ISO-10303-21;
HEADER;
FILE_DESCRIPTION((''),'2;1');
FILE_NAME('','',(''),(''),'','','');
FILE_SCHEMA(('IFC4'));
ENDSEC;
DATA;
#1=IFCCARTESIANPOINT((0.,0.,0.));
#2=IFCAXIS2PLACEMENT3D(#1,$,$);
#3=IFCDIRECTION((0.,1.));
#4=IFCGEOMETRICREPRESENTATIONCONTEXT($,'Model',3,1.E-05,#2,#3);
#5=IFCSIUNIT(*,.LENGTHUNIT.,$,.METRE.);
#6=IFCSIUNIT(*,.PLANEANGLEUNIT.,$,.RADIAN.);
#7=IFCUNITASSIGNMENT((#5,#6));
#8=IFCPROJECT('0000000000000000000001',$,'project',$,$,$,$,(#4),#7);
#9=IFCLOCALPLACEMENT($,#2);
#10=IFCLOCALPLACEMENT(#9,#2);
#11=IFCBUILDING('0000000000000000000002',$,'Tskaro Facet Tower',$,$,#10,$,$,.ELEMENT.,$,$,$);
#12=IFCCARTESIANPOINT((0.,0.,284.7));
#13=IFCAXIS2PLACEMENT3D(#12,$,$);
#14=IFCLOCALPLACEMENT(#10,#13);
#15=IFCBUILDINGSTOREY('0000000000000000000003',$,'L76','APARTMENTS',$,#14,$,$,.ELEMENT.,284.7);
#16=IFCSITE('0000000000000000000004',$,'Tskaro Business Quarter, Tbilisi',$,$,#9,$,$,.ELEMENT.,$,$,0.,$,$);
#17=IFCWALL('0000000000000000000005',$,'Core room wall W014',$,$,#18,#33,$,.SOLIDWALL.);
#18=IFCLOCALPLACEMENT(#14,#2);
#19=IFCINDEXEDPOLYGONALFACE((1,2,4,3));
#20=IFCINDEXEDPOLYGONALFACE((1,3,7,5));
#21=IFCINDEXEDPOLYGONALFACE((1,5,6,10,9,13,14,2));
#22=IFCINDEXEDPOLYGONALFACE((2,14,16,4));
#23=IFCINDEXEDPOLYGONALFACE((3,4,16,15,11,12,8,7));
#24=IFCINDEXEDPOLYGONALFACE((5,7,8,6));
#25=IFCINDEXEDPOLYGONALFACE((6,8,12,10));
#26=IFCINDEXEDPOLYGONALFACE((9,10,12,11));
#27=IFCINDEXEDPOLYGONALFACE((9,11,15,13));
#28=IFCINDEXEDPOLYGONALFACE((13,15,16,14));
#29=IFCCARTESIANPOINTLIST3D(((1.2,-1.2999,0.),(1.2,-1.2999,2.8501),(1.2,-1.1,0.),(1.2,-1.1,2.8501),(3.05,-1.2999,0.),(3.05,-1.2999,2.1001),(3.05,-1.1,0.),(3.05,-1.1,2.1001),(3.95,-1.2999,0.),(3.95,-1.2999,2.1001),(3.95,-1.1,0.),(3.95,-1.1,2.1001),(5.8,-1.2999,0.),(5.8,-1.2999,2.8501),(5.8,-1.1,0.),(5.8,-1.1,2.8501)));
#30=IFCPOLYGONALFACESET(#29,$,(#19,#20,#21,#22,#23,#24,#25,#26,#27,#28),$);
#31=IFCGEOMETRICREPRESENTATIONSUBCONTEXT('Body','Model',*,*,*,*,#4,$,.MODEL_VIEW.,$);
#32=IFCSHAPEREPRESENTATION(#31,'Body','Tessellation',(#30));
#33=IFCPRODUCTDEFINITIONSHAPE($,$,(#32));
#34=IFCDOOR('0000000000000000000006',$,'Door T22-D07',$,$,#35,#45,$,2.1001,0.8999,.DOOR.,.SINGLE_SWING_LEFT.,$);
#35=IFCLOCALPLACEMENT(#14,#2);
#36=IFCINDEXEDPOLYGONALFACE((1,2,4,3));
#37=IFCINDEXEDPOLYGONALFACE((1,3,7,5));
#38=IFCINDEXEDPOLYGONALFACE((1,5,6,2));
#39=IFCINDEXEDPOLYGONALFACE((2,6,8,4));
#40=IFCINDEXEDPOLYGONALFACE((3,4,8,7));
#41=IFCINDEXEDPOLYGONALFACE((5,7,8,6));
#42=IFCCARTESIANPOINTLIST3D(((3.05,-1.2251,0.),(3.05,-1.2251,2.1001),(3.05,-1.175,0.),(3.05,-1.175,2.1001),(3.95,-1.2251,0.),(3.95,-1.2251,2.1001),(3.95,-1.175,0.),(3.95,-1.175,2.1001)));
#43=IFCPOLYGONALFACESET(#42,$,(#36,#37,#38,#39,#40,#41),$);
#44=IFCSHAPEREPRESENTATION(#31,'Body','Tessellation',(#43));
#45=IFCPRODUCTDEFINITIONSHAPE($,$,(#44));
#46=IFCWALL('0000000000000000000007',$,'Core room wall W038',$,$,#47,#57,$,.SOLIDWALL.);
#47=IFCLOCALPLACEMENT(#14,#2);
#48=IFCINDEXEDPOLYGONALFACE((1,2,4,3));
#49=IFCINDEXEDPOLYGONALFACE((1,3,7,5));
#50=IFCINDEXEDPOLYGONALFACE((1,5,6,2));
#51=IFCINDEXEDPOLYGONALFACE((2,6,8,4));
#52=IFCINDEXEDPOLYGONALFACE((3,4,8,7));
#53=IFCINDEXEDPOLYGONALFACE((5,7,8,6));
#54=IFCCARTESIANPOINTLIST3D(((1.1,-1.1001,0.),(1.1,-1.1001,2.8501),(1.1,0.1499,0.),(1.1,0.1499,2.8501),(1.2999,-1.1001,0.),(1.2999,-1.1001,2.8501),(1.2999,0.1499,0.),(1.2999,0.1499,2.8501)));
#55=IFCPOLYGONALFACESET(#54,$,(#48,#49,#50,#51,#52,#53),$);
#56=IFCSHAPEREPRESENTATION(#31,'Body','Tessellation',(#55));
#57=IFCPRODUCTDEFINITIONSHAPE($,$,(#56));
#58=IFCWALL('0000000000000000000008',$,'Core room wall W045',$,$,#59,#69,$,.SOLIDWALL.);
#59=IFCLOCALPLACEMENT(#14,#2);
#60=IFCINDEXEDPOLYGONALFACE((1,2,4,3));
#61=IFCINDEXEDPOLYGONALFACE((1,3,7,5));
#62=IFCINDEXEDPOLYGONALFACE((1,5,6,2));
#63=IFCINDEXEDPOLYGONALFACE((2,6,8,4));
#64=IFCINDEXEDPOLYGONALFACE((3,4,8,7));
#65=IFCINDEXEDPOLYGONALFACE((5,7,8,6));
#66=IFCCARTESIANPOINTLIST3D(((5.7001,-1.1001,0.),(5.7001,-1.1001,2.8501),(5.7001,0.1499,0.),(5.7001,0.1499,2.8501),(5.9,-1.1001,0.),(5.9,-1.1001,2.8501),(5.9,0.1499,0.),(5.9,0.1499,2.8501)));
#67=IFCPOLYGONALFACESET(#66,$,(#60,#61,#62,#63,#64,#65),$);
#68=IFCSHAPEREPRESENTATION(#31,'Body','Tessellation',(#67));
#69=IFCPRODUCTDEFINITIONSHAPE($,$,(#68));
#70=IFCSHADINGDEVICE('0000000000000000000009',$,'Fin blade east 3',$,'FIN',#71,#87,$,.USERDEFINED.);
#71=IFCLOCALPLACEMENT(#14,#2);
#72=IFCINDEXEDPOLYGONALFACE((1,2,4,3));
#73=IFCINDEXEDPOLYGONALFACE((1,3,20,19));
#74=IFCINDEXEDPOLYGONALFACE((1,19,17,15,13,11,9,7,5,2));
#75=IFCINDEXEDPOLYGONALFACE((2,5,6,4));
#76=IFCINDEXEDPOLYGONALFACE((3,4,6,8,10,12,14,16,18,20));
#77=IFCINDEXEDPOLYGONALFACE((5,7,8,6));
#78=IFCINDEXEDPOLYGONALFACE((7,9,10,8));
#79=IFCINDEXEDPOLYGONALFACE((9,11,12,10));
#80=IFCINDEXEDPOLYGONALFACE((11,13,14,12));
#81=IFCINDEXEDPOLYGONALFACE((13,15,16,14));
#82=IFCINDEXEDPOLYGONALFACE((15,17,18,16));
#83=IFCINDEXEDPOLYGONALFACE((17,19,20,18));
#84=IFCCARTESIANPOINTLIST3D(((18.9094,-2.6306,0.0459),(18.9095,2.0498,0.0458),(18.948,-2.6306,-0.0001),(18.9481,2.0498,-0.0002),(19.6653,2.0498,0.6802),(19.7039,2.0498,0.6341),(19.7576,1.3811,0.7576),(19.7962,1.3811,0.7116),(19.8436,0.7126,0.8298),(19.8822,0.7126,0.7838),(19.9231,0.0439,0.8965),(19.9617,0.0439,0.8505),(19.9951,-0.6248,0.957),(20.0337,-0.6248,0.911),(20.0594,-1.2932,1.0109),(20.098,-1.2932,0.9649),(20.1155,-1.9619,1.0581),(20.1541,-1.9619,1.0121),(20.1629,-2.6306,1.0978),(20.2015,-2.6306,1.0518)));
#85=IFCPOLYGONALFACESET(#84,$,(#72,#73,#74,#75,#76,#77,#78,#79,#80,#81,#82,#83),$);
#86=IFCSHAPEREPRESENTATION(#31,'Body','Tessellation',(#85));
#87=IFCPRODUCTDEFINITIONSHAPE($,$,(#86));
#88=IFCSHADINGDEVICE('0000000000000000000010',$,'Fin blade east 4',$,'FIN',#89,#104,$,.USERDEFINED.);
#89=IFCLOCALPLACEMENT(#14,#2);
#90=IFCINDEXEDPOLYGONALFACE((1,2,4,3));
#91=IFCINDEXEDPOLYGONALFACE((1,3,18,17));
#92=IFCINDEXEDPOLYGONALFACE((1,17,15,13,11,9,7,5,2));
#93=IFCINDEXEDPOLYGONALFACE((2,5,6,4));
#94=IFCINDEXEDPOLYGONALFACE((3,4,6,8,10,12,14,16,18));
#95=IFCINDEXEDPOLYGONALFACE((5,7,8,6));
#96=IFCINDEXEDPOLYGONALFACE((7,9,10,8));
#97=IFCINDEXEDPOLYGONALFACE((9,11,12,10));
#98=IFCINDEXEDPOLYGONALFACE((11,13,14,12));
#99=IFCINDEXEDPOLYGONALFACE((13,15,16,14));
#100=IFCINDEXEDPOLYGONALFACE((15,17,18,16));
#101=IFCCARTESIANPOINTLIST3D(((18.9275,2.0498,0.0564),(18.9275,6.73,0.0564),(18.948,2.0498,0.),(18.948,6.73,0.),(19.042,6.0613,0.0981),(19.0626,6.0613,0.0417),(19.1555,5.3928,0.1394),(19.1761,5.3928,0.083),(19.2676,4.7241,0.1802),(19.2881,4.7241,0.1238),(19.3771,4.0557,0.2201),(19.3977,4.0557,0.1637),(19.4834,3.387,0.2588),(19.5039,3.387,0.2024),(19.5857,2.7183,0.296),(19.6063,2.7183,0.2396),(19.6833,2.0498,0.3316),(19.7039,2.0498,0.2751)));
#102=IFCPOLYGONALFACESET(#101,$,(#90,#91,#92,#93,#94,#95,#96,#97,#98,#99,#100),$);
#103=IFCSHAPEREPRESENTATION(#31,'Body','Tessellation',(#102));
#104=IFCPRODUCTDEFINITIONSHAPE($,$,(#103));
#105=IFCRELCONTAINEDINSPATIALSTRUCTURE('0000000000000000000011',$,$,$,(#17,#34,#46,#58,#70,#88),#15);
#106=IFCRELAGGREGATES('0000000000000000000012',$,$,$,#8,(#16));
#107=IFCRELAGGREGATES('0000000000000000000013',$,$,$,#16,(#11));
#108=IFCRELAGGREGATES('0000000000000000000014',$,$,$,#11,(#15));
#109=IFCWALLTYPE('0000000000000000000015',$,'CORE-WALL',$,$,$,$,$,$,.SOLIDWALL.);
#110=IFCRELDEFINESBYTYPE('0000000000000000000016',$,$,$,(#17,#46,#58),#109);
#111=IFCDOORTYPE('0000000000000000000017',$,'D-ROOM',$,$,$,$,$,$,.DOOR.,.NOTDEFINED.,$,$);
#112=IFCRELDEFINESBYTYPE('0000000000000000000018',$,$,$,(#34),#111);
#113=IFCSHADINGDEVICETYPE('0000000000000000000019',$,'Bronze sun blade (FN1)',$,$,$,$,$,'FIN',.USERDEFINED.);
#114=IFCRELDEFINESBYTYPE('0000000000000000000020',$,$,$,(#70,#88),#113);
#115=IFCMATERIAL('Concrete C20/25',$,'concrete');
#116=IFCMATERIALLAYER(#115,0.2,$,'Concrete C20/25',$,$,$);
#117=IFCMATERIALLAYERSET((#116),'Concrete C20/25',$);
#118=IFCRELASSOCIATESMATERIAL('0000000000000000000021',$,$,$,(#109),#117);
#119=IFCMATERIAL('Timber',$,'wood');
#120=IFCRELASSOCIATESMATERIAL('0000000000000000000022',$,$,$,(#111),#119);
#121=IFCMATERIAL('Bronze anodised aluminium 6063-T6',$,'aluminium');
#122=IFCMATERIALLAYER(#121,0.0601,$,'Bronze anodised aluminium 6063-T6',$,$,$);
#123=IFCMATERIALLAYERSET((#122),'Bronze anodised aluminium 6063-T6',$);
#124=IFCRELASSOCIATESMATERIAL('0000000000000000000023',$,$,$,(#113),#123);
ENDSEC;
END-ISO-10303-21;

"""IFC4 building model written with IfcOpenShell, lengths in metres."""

from ifc_helpers import new_model, si_unit, direction, frame, frame_2d, origin, place, context, subcontext, project, spatial, polyline, rectangle, outline, extrude, material, layer, layer_set, type_object, element, fill, save


model = new_model("IFC4")

# Units and contexts
model_context = context("Model", 3, precision=1e-05, world=origin(), true_north=direction((0.0, 1.0)))
body_context = subcontext(model_context, "Body", "Model", "MODEL_VIEW")
ifc_project = project(units=[si_unit("LENGTHUNIT", "METRE"), si_unit("PLANEANGLEUNIT", "RADIAN")], contexts=[model_context])

# Site, building, storey
site_placement = place(None, origin())
site = spatial("IfcSite", under=ifc_project, at=site_placement, Name="Tskaro Business Quarter, Tbilisi", CompositionType="ELEMENT", RefElevation=0.0)
building_placement = place(site_placement, origin())
building = spatial("IfcBuilding", under=site, at=building_placement, Name="Tskaro Facet Tower", CompositionType="ELEMENT")
storey_placement = place(building_placement, frame((0.0, 0.0, 284.7)))
storey = spatial("IfcBuildingStorey", under=building, at=storey_placement, Name="L76", Description="APARTMENTS", CompositionType="ELEMENT", Elevation=284.7)

# Shared definitions
ifc_material_1 = material(Name="Bronze anodised aluminium 6063-T6", Category="aluminium")

# Shared definitions
ifc_material_2 = material(Name="Concrete C20/25", Category="concrete")
ifc_layer_1 = layer(ifc_material_2, 0.2, Name="Concrete C20/25")
ifc_layer_set_1 = layer_set([ifc_layer_1], Name="Concrete C20/25")
wall_type_1 = type_object("IfcWallType", Name="CORE-WALL", PredefinedType="SOLIDWALL", material=ifc_layer_set_1)
ifc_material_3 = material(Name="Timber", Category="wood")
door_type_1 = type_object("IfcDoorType", Name="D-ROOM", OperationType="NOTDEFINED", PredefinedType="DOOR", material=ifc_material_3)

# Wall, opening, door
wall_1_placement = place(storey_placement, frame((1.2, -1.2, 0.0), z_axis=(0.0, 0.0, 1.0), x_axis=(1.0, 0.0, 0.0)))
wall_1 = element("IfcWall", 1, at=wall_1_placement, inside=storey, type_object=wall_type_1, Name="Core room wall W014", PredefinedType="SOLIDWALL", context=body_context, shape_type="SweptSolid", body=[
    extrude(rectangle(XDim=4.6001, YDim=0.2, at=frame_2d((2.3, 0.0))), origin(), (0.0, 0.0, 1.0), 2.8501),
])
opening_1_placement = place(wall_1_placement, frame((1.8501, 0.0, 0.0)))
opening_1 = element("IfcOpeningElement", 2, at=opening_1_placement, cuts=wall_1, PredefinedType="OPENING", context=body_context, shape_type="SweptSolid", body=[
    extrude(rectangle(XDim=0.8999, YDim=2.1001, at=frame_2d((0.45, 1.05))), frame((0.0, 0.1099, 0.0), z_axis=(0.0, -1.0, 0.0), x_axis=(1.0, 0.0, 0.0)), (0.0, 0.0, 1.0), 0.22),
])
door_1_placement = place(opening_1_placement, origin())
door_1 = element("IfcDoor", 3, at=door_1_placement, inside=storey, type_object=door_type_1, Name="Door T22-D07", OperationType="SINGLE_SWING_LEFT", OverallHeight=2.1001, OverallWidth=0.8999, PredefinedType="DOOR", context=body_context, shape_type="SweptSolid", body=[
    extrude(rectangle(XDim=0.8999, YDim=2.1001, at=frame_2d((0.45, 1.05))), frame((0.0, 0.0249, 0.0), z_axis=(0.0, -1.0, 0.0), x_axis=(1.0, 0.0, 0.0)), (0.0, 0.0, 1.0), 0.05),
])
fill(opening_1, door_1)

# Walls
for number, where, z_axis, x_axis, name in (
    (4, (1.2, -1.1001, 0.0), (0.0, 0.0, 1.0), (0.0, 1.0, 0.0), "Core room wall W038"),
    (5, (5.8, -1.1001, 0.0), (0.0, 0.0, 1.0), (0.0, 1.0, 0.0), "Core room wall W045"),
):
    element("IfcWall", number, at=place(storey_placement, frame(where, z_axis=z_axis, x_axis=x_axis)), inside=storey, type_object=wall_type_1, Name=name, PredefinedType="SOLIDWALL", context=body_context, shape_type="SweptSolid", body=[
        extrude(rectangle(XDim=1.25, YDim=0.2, at=frame_2d((0.625, 0.0))), origin(), (0.0, 0.0, 1.0), 2.8501),
    ])

# Shading devices
ifc_layer_2 = layer(ifc_material_1, 0.0601, Name="Bronze anodised aluminium 6063-T6")
ifc_layer_set_2 = layer_set([ifc_layer_2], Name="Bronze anodised aluminium 6063-T6")
shading_device_type = type_object("IfcShadingDeviceType", Name="Bronze sun blade (FN1)", ElementType="FIN", PredefinedType="USERDEFINED", material=ifc_layer_set_2)
shading_device_1_placement = place(storey_placement, frame((18.9094, -2.6306, 0.0459), z_axis=(-0.64284, 0.000015, 0.766001), x_axis=(0.00001, 1.0, -0.000012)))
element("IfcShadingDevice", 6, at=shading_device_1_placement, inside=storey, type_object=shading_device_type, Name="Fin blade east 3", ObjectType="FIN", PredefinedType="USERDEFINED", context=body_context, shape_type="SweptSolid", body=[
    extrude(outline(polyline([(0.0, 0.0), (4.6804, 0.0), (4.6804, -0.9867), (4.0117, -1.1072), (3.3433, -1.2195), (2.6746, -1.3233), (2.0059, -1.4174), (1.3374, -1.5012), (0.6687, -1.5745), (0.0, -1.6364), (0.0, 0.0)])), origin(), (0.0, 0.0, -1.0), 0.0601),
])
shading_device_2_placement = place(storey_placement, frame((18.9275, 2.0498, 0.0564), z_axis=(-0.342091, -0.000005, 0.939667), x_axis=(-0.000002, 1.0, 0.000005)))
element("IfcShadingDevice", 7, at=shading_device_2_placement, inside=storey, type_object=shading_device_type, Name="Fin blade east 4", ObjectType="FIN", PredefinedType="USERDEFINED", context=body_context, shape_type="SweptSolid", body=[
    extrude(outline(polyline([(0.0, 0.0), (4.6802, 0.0), (4.0115, -0.1219), (3.343, -0.2427), (2.6743, -0.3619), (2.0059, -0.4785), (1.3372, -0.5916), (0.6685, -0.7005), (0.0, -0.8044), (0.0, 0.0)])), origin(), (0.0, 0.0, -1.0), 0.0601),
])

save(model, "model.ifc")
